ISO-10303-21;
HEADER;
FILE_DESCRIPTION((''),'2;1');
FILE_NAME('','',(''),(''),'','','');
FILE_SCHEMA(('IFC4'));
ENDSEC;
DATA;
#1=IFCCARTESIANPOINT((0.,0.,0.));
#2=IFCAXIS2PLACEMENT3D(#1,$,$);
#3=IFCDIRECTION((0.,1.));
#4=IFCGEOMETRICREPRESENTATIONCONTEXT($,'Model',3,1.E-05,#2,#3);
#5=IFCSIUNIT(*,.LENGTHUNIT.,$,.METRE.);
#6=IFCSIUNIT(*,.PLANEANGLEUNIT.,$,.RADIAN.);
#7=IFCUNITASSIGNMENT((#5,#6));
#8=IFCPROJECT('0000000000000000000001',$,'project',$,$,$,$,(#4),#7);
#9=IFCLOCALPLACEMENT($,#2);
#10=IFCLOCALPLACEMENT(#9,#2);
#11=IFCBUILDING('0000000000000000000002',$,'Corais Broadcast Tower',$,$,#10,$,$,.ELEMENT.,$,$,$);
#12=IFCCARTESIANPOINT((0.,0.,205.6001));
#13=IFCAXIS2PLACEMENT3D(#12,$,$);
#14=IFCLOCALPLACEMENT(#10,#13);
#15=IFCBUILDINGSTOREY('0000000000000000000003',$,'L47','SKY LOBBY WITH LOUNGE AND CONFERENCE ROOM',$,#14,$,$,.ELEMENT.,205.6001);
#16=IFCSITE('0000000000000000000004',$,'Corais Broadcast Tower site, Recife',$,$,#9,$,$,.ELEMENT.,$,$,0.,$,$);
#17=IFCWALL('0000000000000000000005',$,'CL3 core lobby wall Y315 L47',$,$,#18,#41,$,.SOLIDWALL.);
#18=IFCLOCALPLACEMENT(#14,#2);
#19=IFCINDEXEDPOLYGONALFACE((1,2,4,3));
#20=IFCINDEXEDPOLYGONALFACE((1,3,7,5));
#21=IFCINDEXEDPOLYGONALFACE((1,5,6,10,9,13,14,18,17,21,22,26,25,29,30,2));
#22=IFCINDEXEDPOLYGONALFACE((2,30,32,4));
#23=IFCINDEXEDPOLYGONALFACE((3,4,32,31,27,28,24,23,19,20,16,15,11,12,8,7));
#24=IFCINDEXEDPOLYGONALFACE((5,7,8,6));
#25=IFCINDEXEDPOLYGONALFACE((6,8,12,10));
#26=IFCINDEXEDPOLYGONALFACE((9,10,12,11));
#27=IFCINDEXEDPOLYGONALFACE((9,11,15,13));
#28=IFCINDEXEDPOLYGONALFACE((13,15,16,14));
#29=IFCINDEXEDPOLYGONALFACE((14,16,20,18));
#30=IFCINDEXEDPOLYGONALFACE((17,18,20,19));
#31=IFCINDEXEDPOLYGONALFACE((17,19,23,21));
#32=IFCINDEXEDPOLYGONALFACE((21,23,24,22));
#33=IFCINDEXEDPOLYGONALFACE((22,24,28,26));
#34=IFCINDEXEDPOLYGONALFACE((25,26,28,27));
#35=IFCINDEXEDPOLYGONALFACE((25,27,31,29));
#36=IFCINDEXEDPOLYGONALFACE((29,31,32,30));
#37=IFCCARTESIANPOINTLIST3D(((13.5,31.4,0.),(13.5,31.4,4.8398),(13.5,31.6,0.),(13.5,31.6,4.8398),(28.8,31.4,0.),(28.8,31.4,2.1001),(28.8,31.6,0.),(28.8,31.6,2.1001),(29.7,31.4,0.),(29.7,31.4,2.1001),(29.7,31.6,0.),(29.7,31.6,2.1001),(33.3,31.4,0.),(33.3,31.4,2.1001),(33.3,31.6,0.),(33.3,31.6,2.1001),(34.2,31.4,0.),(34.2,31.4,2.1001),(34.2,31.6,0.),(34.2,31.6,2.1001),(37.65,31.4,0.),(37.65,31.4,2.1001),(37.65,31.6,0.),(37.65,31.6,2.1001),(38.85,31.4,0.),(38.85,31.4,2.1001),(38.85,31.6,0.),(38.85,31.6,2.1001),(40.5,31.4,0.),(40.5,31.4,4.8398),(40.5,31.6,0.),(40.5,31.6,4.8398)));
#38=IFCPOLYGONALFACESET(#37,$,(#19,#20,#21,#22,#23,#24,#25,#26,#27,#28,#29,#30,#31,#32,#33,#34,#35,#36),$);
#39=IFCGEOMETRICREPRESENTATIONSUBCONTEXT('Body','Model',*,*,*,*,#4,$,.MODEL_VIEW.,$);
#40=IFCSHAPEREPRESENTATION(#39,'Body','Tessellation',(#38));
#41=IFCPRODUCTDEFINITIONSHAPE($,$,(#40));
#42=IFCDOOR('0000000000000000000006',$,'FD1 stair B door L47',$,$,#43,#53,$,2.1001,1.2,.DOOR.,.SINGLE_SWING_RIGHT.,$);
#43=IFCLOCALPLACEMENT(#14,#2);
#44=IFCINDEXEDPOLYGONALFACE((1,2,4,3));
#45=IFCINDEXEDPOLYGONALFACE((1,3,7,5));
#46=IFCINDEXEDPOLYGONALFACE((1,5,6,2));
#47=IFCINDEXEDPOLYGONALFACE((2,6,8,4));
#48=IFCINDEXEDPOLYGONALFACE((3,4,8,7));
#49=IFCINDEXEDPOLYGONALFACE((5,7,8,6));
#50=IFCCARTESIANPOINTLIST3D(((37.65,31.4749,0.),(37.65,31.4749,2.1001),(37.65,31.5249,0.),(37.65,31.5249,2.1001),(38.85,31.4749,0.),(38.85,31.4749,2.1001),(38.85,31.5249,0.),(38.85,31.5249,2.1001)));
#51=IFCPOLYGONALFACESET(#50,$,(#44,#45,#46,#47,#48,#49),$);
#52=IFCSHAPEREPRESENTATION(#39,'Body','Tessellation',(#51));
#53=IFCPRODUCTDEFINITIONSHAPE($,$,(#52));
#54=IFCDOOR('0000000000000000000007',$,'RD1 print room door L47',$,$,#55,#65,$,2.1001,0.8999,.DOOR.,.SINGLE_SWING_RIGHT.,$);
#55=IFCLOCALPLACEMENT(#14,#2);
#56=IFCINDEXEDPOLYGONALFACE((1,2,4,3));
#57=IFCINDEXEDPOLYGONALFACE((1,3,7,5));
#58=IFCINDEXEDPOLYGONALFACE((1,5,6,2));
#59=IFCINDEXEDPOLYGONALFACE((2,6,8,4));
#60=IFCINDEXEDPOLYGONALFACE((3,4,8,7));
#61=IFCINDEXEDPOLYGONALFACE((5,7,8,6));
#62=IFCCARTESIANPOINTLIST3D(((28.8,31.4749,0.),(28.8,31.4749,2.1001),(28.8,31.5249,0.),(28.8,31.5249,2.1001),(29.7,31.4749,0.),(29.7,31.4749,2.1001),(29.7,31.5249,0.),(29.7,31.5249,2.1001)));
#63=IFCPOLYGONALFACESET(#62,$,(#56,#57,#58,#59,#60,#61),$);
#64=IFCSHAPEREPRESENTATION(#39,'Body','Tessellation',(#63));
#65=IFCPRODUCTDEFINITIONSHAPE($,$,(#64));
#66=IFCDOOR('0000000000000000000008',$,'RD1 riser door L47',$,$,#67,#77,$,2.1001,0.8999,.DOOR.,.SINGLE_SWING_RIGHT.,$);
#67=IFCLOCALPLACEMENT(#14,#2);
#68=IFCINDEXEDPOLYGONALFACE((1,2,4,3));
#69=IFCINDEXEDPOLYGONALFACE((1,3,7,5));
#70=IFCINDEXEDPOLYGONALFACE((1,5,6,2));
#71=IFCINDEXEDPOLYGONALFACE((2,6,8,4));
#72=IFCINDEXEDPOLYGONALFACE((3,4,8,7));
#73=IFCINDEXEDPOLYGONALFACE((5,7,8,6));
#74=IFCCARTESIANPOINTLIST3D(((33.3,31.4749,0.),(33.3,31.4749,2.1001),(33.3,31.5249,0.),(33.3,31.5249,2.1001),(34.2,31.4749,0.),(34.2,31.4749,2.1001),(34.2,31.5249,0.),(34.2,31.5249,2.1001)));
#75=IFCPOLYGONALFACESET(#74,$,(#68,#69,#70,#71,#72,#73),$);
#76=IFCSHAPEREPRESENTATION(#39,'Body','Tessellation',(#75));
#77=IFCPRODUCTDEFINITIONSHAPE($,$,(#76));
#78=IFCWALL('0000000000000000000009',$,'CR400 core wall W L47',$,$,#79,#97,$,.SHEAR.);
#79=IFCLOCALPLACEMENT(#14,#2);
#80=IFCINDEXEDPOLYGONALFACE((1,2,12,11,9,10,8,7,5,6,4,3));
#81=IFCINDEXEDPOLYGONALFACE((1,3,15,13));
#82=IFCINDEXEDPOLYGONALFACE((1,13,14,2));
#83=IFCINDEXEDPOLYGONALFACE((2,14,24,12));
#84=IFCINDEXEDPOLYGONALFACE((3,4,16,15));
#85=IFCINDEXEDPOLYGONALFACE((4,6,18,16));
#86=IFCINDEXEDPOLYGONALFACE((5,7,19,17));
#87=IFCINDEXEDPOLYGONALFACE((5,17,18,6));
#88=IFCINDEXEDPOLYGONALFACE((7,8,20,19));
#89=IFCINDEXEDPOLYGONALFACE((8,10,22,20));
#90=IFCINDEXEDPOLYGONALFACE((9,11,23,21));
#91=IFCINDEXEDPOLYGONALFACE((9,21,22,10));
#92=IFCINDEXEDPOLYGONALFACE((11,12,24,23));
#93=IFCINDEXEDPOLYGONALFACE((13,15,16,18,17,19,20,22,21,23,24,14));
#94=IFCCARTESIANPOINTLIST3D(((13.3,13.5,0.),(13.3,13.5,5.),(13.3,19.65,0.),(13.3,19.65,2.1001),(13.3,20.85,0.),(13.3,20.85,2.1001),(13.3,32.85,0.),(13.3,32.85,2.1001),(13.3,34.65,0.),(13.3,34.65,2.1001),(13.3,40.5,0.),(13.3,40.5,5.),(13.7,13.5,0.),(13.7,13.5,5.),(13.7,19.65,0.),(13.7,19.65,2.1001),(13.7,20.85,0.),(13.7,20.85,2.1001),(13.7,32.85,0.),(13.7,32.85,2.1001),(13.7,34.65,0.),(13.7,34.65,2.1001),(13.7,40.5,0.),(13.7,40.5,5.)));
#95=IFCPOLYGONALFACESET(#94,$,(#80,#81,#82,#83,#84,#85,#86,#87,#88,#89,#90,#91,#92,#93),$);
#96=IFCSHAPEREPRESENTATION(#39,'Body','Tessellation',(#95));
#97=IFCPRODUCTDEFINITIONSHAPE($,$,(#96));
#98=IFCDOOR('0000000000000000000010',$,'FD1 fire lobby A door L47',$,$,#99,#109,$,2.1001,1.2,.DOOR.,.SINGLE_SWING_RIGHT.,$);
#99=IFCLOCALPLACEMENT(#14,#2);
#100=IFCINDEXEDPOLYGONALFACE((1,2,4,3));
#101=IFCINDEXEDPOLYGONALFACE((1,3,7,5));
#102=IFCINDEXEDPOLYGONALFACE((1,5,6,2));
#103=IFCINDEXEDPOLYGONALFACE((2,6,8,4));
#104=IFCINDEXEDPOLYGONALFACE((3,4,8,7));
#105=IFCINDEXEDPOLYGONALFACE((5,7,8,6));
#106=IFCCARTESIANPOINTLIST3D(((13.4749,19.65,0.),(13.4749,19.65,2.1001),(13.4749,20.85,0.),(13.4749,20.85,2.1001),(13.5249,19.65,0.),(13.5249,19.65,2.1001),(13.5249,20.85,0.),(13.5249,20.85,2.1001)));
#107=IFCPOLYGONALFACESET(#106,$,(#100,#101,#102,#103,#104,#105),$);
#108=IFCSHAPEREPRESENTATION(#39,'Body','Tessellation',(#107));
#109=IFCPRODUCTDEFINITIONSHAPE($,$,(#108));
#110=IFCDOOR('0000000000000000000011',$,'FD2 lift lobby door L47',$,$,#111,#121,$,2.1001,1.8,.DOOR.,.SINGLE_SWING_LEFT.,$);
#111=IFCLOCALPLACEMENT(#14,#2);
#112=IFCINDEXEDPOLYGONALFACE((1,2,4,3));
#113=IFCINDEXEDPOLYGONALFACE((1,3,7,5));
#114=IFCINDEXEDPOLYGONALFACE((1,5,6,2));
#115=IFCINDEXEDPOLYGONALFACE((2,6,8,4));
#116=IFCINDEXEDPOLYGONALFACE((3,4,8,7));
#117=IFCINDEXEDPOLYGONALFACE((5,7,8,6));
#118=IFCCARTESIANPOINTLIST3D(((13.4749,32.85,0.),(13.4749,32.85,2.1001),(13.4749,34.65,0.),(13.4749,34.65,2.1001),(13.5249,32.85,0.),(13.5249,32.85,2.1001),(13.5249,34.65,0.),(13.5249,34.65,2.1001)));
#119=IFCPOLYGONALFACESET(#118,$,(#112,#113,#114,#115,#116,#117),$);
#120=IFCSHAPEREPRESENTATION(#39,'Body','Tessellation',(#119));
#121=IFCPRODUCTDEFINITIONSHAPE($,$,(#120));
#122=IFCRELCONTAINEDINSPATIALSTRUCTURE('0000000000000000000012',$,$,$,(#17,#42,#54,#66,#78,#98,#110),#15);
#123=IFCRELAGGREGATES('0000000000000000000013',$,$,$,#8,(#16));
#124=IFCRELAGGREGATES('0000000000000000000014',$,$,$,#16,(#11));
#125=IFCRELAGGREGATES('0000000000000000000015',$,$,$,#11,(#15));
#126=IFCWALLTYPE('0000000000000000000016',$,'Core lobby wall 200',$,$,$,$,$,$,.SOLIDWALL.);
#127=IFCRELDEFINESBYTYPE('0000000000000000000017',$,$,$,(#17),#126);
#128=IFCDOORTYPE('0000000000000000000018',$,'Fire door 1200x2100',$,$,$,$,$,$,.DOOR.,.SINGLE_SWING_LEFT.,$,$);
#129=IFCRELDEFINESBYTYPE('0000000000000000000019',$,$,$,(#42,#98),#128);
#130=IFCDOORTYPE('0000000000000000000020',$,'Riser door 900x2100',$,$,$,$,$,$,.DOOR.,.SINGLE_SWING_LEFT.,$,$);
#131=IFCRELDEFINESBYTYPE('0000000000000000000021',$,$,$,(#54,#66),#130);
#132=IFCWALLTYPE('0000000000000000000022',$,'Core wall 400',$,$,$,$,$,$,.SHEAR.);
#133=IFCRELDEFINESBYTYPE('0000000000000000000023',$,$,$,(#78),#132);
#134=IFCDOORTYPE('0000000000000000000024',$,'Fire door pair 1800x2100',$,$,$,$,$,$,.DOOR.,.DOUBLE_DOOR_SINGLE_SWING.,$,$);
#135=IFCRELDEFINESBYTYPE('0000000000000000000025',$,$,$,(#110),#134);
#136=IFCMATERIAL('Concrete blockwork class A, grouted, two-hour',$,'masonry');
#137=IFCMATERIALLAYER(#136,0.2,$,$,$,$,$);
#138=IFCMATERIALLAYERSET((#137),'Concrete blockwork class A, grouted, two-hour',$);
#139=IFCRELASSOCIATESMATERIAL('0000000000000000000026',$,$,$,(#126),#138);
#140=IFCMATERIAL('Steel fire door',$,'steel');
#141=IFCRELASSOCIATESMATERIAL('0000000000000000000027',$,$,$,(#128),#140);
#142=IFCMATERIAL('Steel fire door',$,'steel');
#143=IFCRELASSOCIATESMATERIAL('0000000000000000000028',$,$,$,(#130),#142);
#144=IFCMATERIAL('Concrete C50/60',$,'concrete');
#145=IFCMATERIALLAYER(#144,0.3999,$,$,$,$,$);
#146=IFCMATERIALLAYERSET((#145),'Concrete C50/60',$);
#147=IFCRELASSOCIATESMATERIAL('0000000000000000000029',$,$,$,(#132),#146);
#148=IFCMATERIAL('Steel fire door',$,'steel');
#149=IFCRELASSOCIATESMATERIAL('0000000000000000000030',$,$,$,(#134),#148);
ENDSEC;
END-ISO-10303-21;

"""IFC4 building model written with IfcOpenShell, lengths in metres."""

from ifc_helpers import new_model, si_unit, direction, frame, frame_2d, origin, place, context, subcontext, project, spatial, rectangle, extrude, material, layer, layer_set, type_object, element, fill, save


model = new_model("IFC4")

# Units and contexts
model_context = context("Model", 3, precision=1e-05, world=origin(), true_north=direction((0.0, 1.0)))
body_context = subcontext(model_context, "Body", "Model", "MODEL_VIEW")
ifc_project = project(units=[si_unit("LENGTHUNIT", "METRE"), si_unit("PLANEANGLEUNIT", "RADIAN")], contexts=[model_context])

# Site, building, storey
site_placement = place(None, origin())
site = spatial("IfcSite", under=ifc_project, at=site_placement, Name="Corais Broadcast Tower site, Recife", CompositionType="ELEMENT", RefElevation=0.0)
building_placement = place(site_placement, origin())
building = spatial("IfcBuilding", under=site, at=building_placement, Name="Corais Broadcast Tower", CompositionType="ELEMENT")
storey_placement = place(building_placement, frame((0.0, 0.0, 205.6001)))
storey = spatial("IfcBuildingStorey", under=building, at=storey_placement, Name="L47", Description="SKY LOBBY WITH LOUNGE AND CONFERENCE ROOM", CompositionType="ELEMENT", Elevation=205.6001)

# Walls, openings, doors
ifc_material_1 = material(Name="Concrete blockwork class A, grouted, two-hour", Category="masonry")
ifc_layer_1 = layer(ifc_material_1, 0.2)
ifc_layer_set_1 = layer_set([ifc_layer_1], Name="Concrete blockwork class A, grouted, two-hour")
wall_type_1 = type_object("IfcWallType", Name="Core lobby wall 200", PredefinedType="SOLIDWALL", material=ifc_layer_set_1)
wall_1_placement = place(storey_placement, frame((13.5, 31.5, 0.0), z_axis=(0.0, 0.0, 1.0), x_axis=(1.0, 0.0, 0.0)))
wall_1 = element("IfcWall", 1, at=wall_1_placement, inside=storey, type_object=wall_type_1, Name="CL3 core lobby wall Y315 L47", PredefinedType="SOLIDWALL", context=body_context, shape_type="SweptSolid", body=[
    extrude(rectangle(XDim=27.0, YDim=0.2, at=frame_2d((13.5, 0.0))), origin(), (0.0, 0.0, 1.0), 4.8398),
])
opening_1_placement = place(wall_1_placement, frame((24.1499, 0.0, 0.0)))
opening_1 = element("IfcOpeningElement", 2, at=opening_1_placement, cuts=wall_1, PredefinedType="OPENING", context=body_context, shape_type="SweptSolid", body=[
    extrude(rectangle(XDim=1.2, YDim=2.1001, at=frame_2d((0.6001, 1.05))), frame((0.0, 0.1099, 0.0), z_axis=(0.0, -1.0, 0.0), x_axis=(1.0, 0.0, 0.0)), (0.0, 0.0, 1.0), 0.22),
])
opening_2_placement = place(wall_1_placement, frame((15.3, 0.0, 0.0)))
opening_2 = element("IfcOpeningElement", 3, at=opening_2_placement, cuts=wall_1, PredefinedType="OPENING", context=body_context, shape_type="SweptSolid", body=[
    extrude(rectangle(XDim=0.8999, YDim=2.1001, at=frame_2d((0.45, 1.05))), frame((0.0, 0.1099, 0.0), z_axis=(0.0, -1.0, 0.0), x_axis=(1.0, 0.0, 0.0)), (0.0, 0.0, 1.0), 0.22),
])
opening_3_placement = place(wall_1_placement, frame((19.8, 0.0, 0.0)))
opening_3 = element("IfcOpeningElement", 4, at=opening_3_placement, cuts=wall_1, PredefinedType="OPENING", context=body_context, shape_type="SweptSolid", body=[
    extrude(rectangle(XDim=0.8999, YDim=2.1001, at=frame_2d((0.45, 1.05))), frame((0.0, 0.1099, 0.0), z_axis=(0.0, -1.0, 0.0), x_axis=(1.0, 0.0, 0.0)), (0.0, 0.0, 1.0), 0.22),
])
ifc_material_2 = material(Name="Steel fire door", Category="steel")
door_type_1 = type_object("IfcDoorType", Name="Fire door 1200x2100", OperationType="SINGLE_SWING_LEFT", PredefinedType="DOOR", material=ifc_material_2)
door_1_placement = place(opening_1_placement, origin())
door_1 = element("IfcDoor", 5, at=door_1_placement, inside=storey, type_object=door_type_1, Name="FD1 stair B door L47", OperationType="SINGLE_SWING_RIGHT", OverallHeight=2.1001, OverallWidth=1.2, PredefinedType="DOOR", context=body_context, shape_type="SweptSolid", body=[
    extrude(rectangle(XDim=1.2, YDim=2.1001, at=frame_2d((0.6001, 1.05))), frame((0.0, 0.0249, 0.0), z_axis=(0.0, -1.0, 0.0), x_axis=(1.0, 0.0, 0.0)), (0.0, 0.0, 1.0), 0.05),
])
fill(opening_1, door_1)
ifc_material_3 = material(Name="Steel fire door", Category="steel")
door_type_2 = type_object("IfcDoorType", Name="Riser door 900x2100", OperationType="SINGLE_SWING_LEFT", PredefinedType="DOOR", material=ifc_material_3)
door_2_placement = place(opening_2_placement, origin())
door_2 = element("IfcDoor", 6, at=door_2_placement, inside=storey, type_object=door_type_2, Name="RD1 print room door L47", OperationType="SINGLE_SWING_RIGHT", OverallHeight=2.1001, OverallWidth=0.8999, PredefinedType="DOOR", context=body_context, shape_type="SweptSolid", body=[
    extrude(rectangle(XDim=0.8999, YDim=2.1001, at=frame_2d((0.45, 1.05))), frame((0.0, 0.0249, 0.0), z_axis=(0.0, -1.0, 0.0), x_axis=(1.0, 0.0, 0.0)), (0.0, 0.0, 1.0), 0.05),
])
fill(opening_2, door_2)
door_3_placement = place(opening_3_placement, origin())
door_3 = element("IfcDoor", 7, at=door_3_placement, inside=storey, type_object=door_type_2, Name="RD1 riser door L47", OperationType="SINGLE_SWING_RIGHT", OverallHeight=2.1001, OverallWidth=0.8999, PredefinedType="DOOR", context=body_context, shape_type="SweptSolid", body=[
    extrude(rectangle(XDim=0.8999, YDim=2.1001, at=frame_2d((0.45, 1.05))), frame((0.0, 0.0249, 0.0), z_axis=(0.0, -1.0, 0.0), x_axis=(1.0, 0.0, 0.0)), (0.0, 0.0, 1.0), 0.05),
])
fill(opening_3, door_3)
ifc_material_4 = material(Name="Concrete C50/60", Category="concrete")
ifc_layer_2 = layer(ifc_material_4, 0.3999)
ifc_layer_set_2 = layer_set([ifc_layer_2], Name="Concrete C50/60")
wall_type_2 = type_object("IfcWallType", Name="Core wall 400", PredefinedType="SHEAR", material=ifc_layer_set_2)
wall_2_placement = place(storey_placement, frame((13.5, 40.5, 0.0), z_axis=(0.0, 0.0, 1.0), x_axis=(0.0, -1.0, 0.0)))
wall_2 = element("IfcWall", 8, at=wall_2_placement, inside=storey, type_object=wall_type_2, Name="CR400 core wall W L47", PredefinedType="SHEAR", context=body_context, shape_type="SweptSolid", body=[
    extrude(rectangle(XDim=27.0, YDim=0.3999, at=frame_2d((13.5, 0.0))), origin(), (0.0, 0.0, 1.0), 5.0),
])
opening_4_placement = place(wall_2_placement, frame((19.6499, 0.0, 0.0)))
opening_4 = element("IfcOpeningElement", 9, at=opening_4_placement, cuts=wall_2, PredefinedType="OPENING", context=body_context, shape_type="SweptSolid", body=[
    extrude(rectangle(XDim=1.2, YDim=2.1001, at=frame_2d((0.6001, 1.05))), frame((0.0, 0.21, 0.0), z_axis=(0.0, -1.0, 0.0), x_axis=(1.0, 0.0, 0.0)), (0.0, 0.0, 1.0), 0.4199),
])
opening_5_placement = place(wall_2_placement, frame((5.8501, 0.0, 0.0)))
opening_5 = element("IfcOpeningElement", 10, at=opening_5_placement, cuts=wall_2, PredefinedType="OPENING", context=body_context, shape_type="SweptSolid", body=[
    extrude(rectangle(XDim=1.8, YDim=2.1001, at=frame_2d((0.8999, 1.05))), frame((0.0, 0.21, 0.0), z_axis=(0.0, -1.0, 0.0), x_axis=(1.0, 0.0, 0.0)), (0.0, 0.0, 1.0), 0.4199),
])
door_4_placement = place(opening_4_placement, origin())
door_4 = element("IfcDoor", 11, at=door_4_placement, inside=storey, type_object=door_type_1, Name="FD1 fire lobby A door L47", OperationType="SINGLE_SWING_RIGHT", OverallHeight=2.1001, OverallWidth=1.2, PredefinedType="DOOR", context=body_context, shape_type="SweptSolid", body=[
    extrude(rectangle(XDim=1.2, YDim=2.1001, at=frame_2d((0.6001, 1.05))), frame((0.0, 0.0249, 0.0), z_axis=(0.0, -1.0, 0.0), x_axis=(1.0, 0.0, 0.0)), (0.0, 0.0, 1.0), 0.05),
])
fill(opening_4, door_4)
ifc_material_5 = material(Name="Steel fire door", Category="steel")
door_type_3 = type_object("IfcDoorType", Name="Fire door pair 1800x2100", OperationType="DOUBLE_DOOR_SINGLE_SWING", PredefinedType="DOOR", material=ifc_material_5)
door_5_placement = place(opening_5_placement, origin())
door_5 = element("IfcDoor", 12, at=door_5_placement, inside=storey, type_object=door_type_3, Name="FD2 lift lobby door L47", OperationType="SINGLE_SWING_LEFT", OverallHeight=2.1001, OverallWidth=1.8, PredefinedType="DOOR", context=body_context, shape_type="SweptSolid", body=[
    extrude(rectangle(XDim=1.8, YDim=2.1001, at=frame_2d((0.8999, 1.05))), frame((0.0, 0.0249, 0.0), z_axis=(0.0, -1.0, 0.0), x_axis=(1.0, 0.0, 0.0)), (0.0, 0.0, 1.0), 0.05),
])
fill(opening_5, door_5)

save(model, "model.ifc")
